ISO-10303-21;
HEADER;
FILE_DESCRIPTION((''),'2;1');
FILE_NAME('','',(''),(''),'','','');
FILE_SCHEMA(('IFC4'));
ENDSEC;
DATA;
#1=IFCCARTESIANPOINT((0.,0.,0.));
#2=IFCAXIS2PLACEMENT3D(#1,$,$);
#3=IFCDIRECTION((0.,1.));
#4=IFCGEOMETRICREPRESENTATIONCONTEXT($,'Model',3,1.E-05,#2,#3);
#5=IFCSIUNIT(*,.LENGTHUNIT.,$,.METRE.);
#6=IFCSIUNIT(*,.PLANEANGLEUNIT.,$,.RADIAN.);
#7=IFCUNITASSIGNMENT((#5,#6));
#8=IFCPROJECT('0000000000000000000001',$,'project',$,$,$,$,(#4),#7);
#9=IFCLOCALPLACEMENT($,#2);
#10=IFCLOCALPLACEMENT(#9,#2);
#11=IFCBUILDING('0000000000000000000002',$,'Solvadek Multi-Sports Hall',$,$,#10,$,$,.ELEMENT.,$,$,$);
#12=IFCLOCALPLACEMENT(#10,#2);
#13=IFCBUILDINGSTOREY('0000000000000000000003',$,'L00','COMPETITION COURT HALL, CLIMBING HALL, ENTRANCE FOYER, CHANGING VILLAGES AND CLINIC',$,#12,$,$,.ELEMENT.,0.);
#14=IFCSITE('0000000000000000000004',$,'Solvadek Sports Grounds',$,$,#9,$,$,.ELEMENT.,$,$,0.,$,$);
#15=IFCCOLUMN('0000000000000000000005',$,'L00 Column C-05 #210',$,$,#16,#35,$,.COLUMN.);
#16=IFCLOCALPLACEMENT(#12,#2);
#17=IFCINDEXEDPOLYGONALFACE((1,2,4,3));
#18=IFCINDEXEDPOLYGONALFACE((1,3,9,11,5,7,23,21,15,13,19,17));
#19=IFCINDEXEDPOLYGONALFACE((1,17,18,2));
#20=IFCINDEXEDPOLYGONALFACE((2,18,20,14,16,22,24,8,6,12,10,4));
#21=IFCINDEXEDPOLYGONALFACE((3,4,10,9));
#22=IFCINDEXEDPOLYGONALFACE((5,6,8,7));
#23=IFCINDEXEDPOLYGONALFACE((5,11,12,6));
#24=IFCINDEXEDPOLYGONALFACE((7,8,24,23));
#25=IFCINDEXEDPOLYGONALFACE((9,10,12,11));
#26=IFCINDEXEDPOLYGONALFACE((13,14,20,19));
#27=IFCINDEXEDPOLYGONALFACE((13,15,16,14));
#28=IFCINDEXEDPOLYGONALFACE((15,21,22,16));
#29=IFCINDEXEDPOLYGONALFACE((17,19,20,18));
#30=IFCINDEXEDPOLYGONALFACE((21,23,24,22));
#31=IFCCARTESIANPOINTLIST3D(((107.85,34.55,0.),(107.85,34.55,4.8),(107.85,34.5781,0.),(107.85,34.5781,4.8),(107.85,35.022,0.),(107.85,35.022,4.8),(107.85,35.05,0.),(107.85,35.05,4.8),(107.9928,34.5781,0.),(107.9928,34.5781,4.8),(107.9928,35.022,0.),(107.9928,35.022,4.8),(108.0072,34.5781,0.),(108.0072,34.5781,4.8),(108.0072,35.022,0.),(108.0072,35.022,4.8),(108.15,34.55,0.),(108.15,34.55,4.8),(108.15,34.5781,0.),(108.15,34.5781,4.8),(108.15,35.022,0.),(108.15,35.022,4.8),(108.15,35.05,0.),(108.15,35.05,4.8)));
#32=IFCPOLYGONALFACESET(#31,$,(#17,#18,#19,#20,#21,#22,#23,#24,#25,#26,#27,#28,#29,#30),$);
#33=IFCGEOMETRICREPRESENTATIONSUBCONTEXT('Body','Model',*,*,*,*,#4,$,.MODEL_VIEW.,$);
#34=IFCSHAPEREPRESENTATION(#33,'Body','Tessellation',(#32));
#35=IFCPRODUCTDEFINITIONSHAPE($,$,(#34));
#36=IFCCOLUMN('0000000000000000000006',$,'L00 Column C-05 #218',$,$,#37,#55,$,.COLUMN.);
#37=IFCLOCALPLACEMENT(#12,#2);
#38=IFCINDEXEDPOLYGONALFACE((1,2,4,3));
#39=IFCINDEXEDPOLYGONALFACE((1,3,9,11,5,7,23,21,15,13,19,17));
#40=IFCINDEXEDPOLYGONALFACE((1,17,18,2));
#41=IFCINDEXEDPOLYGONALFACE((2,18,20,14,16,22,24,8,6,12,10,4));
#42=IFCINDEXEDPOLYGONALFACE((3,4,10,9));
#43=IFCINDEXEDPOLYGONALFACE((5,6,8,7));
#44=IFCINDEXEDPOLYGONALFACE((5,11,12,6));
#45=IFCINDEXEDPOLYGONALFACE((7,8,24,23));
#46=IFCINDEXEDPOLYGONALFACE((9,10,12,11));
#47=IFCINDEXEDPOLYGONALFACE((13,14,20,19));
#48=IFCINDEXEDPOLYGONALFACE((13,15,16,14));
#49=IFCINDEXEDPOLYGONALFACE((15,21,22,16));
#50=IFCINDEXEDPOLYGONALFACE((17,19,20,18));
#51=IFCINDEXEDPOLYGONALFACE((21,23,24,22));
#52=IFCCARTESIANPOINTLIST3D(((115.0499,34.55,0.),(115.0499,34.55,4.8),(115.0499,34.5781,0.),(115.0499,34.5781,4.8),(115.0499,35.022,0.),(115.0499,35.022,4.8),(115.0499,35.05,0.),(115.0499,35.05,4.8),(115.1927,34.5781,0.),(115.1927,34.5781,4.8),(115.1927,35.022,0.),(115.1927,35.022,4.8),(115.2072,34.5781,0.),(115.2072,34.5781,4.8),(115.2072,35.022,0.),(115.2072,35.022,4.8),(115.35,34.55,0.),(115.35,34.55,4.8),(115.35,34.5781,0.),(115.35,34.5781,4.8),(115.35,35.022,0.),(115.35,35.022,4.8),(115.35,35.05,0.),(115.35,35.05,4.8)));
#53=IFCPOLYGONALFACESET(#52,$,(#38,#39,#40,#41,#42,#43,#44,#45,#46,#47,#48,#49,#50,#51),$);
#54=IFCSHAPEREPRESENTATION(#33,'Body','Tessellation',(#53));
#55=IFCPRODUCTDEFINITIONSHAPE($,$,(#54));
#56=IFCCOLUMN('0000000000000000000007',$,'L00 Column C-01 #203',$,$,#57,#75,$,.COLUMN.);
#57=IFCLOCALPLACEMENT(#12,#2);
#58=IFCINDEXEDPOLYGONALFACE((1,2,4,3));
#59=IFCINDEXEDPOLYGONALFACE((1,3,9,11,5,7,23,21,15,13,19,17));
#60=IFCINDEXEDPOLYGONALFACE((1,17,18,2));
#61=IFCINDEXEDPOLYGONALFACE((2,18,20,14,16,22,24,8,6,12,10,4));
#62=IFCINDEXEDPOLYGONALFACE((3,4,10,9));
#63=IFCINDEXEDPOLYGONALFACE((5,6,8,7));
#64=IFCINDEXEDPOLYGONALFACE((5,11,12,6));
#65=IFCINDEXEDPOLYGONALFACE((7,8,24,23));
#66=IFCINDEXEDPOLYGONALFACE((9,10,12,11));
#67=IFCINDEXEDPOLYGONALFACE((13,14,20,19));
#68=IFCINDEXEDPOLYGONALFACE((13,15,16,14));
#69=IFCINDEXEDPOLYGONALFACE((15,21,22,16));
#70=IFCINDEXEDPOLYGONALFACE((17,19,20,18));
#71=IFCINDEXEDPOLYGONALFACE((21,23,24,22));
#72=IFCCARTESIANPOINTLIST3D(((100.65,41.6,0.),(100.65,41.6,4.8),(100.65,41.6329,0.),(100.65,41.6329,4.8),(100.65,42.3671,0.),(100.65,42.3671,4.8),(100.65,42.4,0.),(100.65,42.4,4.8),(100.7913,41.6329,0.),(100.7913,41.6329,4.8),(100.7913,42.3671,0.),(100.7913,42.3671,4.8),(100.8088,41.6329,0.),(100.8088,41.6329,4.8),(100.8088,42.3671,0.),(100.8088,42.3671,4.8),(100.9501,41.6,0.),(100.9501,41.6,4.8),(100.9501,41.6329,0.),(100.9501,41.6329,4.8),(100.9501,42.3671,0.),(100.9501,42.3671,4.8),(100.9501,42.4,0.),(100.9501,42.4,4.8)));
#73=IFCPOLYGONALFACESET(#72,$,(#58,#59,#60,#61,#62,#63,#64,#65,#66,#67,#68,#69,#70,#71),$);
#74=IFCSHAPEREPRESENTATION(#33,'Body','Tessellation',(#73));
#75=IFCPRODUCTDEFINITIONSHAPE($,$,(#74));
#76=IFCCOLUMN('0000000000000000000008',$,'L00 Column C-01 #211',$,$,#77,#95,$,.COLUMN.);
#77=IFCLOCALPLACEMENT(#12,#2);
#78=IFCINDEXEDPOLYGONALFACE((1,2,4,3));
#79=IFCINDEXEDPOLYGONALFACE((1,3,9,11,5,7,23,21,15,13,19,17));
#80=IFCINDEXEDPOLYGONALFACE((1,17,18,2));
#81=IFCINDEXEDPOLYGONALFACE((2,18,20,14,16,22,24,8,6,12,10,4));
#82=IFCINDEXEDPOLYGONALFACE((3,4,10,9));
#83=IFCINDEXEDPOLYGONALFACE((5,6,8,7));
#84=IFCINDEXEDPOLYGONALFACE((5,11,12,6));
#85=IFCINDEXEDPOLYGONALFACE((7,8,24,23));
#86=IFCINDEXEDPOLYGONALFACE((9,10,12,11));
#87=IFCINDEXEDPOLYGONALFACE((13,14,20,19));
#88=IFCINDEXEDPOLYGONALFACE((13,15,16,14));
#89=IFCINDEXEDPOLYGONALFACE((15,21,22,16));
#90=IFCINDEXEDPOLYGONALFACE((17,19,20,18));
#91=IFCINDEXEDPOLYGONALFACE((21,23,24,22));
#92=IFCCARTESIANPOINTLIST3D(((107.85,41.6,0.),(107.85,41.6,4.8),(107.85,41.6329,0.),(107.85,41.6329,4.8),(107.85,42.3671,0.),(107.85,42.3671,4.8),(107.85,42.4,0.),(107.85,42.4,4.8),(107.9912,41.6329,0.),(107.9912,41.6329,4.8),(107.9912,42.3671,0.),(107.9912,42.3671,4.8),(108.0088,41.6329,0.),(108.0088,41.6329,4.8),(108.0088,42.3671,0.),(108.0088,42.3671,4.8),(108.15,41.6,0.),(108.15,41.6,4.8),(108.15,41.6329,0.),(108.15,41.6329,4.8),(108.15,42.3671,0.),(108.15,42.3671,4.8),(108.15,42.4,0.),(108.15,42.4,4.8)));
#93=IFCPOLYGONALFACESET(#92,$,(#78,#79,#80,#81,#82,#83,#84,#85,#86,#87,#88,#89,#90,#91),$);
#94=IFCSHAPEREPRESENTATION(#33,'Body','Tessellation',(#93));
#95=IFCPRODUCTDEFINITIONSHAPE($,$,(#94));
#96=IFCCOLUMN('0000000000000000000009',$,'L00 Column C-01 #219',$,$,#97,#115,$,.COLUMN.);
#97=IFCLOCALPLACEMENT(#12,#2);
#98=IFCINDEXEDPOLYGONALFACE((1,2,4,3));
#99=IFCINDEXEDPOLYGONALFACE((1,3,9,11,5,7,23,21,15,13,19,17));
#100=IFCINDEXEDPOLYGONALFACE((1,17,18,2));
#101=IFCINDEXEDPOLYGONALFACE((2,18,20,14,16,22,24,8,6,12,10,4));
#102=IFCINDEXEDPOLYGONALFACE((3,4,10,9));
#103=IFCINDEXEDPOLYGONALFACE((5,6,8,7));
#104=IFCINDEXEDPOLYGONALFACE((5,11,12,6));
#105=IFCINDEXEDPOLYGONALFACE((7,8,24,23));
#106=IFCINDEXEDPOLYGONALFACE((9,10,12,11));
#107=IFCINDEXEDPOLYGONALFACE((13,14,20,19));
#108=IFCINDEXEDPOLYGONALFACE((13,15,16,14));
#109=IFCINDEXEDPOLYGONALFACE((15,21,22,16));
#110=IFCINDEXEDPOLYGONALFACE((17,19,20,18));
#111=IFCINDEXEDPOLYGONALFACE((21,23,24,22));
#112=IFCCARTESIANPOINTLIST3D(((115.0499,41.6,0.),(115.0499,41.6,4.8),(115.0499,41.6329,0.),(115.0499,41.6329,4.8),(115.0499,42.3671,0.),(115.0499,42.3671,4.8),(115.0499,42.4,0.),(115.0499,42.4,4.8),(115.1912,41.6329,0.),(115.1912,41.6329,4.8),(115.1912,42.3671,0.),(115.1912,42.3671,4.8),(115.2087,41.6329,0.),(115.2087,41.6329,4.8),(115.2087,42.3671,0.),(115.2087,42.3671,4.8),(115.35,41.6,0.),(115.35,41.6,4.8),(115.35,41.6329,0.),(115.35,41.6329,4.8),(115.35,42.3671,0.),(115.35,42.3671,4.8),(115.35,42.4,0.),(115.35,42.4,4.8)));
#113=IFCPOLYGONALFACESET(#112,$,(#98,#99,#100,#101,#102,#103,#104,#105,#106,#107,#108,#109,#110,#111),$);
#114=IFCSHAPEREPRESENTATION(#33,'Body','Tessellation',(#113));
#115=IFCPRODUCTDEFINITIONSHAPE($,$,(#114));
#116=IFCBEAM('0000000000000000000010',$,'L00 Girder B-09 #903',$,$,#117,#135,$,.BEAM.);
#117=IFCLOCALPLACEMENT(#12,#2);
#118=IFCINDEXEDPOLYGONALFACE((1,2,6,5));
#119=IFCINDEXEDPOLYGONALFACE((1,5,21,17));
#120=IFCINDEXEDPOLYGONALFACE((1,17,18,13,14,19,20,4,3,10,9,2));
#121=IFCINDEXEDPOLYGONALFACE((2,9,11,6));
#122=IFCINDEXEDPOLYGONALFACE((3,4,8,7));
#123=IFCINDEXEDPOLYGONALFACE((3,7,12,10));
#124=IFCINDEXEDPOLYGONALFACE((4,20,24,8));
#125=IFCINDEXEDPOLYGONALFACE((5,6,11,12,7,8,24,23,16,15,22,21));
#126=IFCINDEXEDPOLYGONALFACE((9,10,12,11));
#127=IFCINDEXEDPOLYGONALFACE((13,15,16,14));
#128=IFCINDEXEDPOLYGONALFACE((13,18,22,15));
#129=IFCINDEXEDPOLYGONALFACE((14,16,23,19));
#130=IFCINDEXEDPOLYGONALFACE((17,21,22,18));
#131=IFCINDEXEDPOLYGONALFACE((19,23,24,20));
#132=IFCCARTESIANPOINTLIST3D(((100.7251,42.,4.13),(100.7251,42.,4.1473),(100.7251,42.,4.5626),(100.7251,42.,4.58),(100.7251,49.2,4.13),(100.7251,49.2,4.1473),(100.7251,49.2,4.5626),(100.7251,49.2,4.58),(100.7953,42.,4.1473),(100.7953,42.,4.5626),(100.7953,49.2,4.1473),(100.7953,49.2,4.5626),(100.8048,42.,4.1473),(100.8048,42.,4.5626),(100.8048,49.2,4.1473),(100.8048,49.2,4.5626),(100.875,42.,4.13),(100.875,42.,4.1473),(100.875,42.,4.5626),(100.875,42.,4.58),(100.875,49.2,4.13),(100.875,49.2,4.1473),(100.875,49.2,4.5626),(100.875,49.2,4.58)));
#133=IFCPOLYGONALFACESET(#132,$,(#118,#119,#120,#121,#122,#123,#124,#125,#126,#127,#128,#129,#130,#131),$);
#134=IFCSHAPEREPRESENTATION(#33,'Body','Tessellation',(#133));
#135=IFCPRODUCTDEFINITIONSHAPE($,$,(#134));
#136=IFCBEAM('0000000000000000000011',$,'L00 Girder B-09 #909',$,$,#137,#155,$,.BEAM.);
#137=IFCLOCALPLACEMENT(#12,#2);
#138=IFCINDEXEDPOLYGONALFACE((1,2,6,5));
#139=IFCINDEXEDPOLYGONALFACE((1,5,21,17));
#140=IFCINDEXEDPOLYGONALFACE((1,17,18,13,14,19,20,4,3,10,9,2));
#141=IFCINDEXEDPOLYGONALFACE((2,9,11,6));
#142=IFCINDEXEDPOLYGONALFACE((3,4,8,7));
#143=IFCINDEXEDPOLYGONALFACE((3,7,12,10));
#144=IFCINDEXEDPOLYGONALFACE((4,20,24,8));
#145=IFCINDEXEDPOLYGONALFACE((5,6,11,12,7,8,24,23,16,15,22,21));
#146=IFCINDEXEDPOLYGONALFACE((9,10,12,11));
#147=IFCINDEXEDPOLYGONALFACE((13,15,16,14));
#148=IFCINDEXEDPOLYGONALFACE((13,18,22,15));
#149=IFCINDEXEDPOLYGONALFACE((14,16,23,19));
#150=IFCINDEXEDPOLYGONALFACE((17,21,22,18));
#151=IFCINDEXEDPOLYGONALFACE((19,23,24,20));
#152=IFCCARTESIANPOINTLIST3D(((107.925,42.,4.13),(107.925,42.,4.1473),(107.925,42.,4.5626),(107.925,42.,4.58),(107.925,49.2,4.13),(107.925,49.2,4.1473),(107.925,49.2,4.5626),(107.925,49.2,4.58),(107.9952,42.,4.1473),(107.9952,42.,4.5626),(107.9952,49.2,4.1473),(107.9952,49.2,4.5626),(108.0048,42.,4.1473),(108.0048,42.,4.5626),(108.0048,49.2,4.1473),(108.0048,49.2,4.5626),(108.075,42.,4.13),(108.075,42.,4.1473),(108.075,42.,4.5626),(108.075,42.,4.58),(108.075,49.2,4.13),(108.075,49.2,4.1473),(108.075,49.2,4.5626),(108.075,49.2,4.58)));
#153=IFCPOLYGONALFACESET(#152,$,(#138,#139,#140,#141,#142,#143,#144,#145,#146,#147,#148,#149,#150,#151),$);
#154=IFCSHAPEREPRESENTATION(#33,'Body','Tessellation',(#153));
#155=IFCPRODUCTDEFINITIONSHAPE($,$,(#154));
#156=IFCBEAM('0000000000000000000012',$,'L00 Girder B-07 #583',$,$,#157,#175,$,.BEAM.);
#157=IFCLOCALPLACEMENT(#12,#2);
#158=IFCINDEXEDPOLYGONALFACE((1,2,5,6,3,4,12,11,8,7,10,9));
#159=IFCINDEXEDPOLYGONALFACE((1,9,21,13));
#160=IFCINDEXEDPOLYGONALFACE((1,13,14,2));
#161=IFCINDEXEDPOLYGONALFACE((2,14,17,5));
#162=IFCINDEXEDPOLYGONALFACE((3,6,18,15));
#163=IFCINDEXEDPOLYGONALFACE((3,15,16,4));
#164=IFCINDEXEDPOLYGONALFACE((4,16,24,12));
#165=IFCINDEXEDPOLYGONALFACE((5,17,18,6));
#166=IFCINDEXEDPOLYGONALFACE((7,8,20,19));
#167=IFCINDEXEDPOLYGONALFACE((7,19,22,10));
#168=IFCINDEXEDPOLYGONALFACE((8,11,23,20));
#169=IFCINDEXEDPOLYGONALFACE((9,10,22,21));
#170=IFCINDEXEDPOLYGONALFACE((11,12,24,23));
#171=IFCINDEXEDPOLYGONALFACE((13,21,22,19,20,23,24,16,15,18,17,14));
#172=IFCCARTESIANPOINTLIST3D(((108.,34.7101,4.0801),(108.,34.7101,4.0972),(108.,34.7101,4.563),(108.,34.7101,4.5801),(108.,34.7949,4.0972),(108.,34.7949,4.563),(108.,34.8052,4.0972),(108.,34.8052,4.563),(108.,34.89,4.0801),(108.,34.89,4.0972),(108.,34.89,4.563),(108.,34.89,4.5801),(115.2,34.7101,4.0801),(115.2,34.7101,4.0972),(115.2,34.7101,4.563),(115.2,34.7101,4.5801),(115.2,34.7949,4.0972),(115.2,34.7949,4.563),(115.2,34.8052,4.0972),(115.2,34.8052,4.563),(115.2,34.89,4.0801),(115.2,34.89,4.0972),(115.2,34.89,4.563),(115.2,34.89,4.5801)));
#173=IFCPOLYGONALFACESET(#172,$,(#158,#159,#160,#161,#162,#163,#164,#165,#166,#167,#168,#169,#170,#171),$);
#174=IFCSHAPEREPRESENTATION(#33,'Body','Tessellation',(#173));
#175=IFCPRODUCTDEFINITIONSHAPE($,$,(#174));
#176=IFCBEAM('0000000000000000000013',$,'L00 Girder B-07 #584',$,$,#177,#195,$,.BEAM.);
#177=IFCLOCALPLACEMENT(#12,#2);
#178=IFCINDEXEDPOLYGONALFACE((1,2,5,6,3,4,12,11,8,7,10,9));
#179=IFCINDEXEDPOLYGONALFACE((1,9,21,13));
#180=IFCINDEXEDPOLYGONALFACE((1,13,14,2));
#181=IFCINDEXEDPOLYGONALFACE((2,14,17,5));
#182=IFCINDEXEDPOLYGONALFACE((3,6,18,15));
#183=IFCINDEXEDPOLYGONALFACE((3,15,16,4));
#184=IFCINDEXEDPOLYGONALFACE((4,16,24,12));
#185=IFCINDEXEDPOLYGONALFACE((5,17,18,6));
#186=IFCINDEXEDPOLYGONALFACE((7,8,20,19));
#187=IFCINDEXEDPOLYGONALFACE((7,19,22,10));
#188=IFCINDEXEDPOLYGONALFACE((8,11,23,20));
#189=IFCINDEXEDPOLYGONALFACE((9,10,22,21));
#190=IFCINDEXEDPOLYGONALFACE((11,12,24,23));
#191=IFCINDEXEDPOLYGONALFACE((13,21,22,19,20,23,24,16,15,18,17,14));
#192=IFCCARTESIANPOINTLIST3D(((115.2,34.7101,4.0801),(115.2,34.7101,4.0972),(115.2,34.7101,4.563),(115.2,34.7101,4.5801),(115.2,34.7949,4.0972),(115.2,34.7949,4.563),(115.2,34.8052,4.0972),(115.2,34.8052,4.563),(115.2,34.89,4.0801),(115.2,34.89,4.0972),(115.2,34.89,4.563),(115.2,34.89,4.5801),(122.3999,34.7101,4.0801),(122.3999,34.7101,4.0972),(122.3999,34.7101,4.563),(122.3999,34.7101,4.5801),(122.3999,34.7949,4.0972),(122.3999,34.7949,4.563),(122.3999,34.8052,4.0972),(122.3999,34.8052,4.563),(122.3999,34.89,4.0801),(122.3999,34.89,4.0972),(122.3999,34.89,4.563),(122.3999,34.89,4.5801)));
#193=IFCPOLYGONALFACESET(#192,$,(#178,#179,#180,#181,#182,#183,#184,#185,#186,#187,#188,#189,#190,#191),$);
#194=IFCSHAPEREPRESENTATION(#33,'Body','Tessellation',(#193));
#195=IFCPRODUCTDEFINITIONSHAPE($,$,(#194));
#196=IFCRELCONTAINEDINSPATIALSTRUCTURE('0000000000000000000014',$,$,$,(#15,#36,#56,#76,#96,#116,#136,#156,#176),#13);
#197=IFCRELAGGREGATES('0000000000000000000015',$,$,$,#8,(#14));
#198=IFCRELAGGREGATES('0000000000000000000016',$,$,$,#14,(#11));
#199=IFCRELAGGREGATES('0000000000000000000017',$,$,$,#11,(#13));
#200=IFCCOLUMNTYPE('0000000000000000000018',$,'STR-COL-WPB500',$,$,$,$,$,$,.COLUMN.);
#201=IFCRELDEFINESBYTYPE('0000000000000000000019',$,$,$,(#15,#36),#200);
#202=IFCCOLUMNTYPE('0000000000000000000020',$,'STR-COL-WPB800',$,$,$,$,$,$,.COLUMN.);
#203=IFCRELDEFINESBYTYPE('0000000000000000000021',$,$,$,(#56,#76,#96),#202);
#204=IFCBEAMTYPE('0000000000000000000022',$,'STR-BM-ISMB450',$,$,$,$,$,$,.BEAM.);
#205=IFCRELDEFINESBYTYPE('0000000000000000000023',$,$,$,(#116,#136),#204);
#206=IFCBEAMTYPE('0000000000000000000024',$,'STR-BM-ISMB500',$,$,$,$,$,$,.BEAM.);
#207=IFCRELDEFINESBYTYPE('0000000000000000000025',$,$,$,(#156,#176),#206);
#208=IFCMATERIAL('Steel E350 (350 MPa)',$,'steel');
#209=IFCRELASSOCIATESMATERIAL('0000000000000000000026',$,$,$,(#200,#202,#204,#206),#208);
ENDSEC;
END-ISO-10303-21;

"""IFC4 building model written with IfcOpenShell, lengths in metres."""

from ifc_helpers import new_model, si_unit, direction, frame, origin, origin_2d, place, context, subcontext, project, spatial, i_section, extrude, material, material_profile, profile_set, type_object, element, save


model = new_model("IFC4")

# Units and contexts
model_context = context("Model", 3, precision=1e-05, world=origin(), true_north=direction((0.0, 1.0)))
body_context = subcontext(model_context, "Body", "Model", "MODEL_VIEW")
ifc_project = project(units=[si_unit("LENGTHUNIT", "METRE"), si_unit("PLANEANGLEUNIT", "RADIAN")], contexts=[model_context])

# Site, building, storey
site_placement = place(None, origin())
site = spatial("IfcSite", under=ifc_project, at=site_placement, Name="Solvadek Sports Grounds", CompositionType="ELEMENT", RefElevation=0.0)
building_placement = place(site_placement, origin())
building = spatial("IfcBuilding", under=site, at=building_placement, Name="Solvadek Multi-Sports Hall", CompositionType="ELEMENT")
storey_placement = place(building_placement, origin())
storey = spatial("IfcBuildingStorey", under=building, at=storey_placement, Name="L00", Description="COMPETITION COURT HALL, CLIMBING HALL, ENTRANCE FOYER, CHANGING VILLAGES AND CLINIC", CompositionType="ELEMENT", Elevation=0.0)

# Columns
ifc_material_1 = material(Name="Steel E350 (350 MPa)", Category="steel")
ifc_material_profile_1 = material_profile(ifc_material_1, i_section(OverallWidth=0.3, OverallDepth=0.5, WebThickness=0.0144, FlangeThickness=0.0281, at=origin_2d()), Name="WPB 500")
ifc_profile_set_1 = profile_set([ifc_material_profile_1], Name="Steel E350 (350 MPa)")
column_type_1 = type_object("IfcColumnType", Name="STR-COL-WPB500", PredefinedType="COLUMN", material=ifc_profile_set_1)
for number, where, z_axis, x_axis, name in (
    (1, (108.0, 34.8, 0.0), (0.0, 0.0, 1.0), (1.0, 0.0, 0.0), "L00 Column C-05 #210"),
    (2, (115.2, 34.8, 0.0), (0.0, 0.0, 1.0), (1.0, 0.0, 0.0), "L00 Column C-05 #218"),
):
    element("IfcColumn", number, at=place(storey_placement, frame(where, z_axis=z_axis, x_axis=x_axis)), inside=storey, type_object=column_type_1, Name=name, PredefinedType="COLUMN", context=body_context, shape_type="SweptSolid", body=[
        extrude(i_section(OverallWidth=0.3, OverallDepth=0.5, WebThickness=0.0144, FlangeThickness=0.0281, at=origin_2d()), origin(), (0.0, 0.0, 1.0), 4.8),
    ])
ifc_material_profile_2 = material_profile(ifc_material_1, i_section(OverallWidth=0.3, OverallDepth=0.8, WebThickness=0.0176, FlangeThickness=0.033, at=origin_2d()), Name="WPB 800")
ifc_profile_set_2 = profile_set([ifc_material_profile_2], Name="Steel E350 (350 MPa)")
column_type_2 = type_object("IfcColumnType", Name="STR-COL-WPB800", PredefinedType="COLUMN", material=ifc_profile_set_2)
for number, where, z_axis, x_axis, name in (
    (3, (100.8, 42.0, 0.0), (0.0, 0.0, 1.0), (1.0, 0.0, 0.0), "L00 Column C-01 #203"),
    (4, (108.0, 42.0, 0.0), (0.0, 0.0, 1.0), (1.0, 0.0, 0.0), "L00 Column C-01 #211"),
    (5, (115.2, 42.0, 0.0), (0.0, 0.0, 1.0), (1.0, 0.0, 0.0), "L00 Column C-01 #219"),
):
    element("IfcColumn", number, at=place(storey_placement, frame(where, z_axis=z_axis, x_axis=x_axis)), inside=storey, type_object=column_type_2, Name=name, PredefinedType="COLUMN", context=body_context, shape_type="SweptSolid", body=[
        extrude(i_section(OverallWidth=0.3, OverallDepth=0.8, WebThickness=0.0176, FlangeThickness=0.033, at=origin_2d()), origin(), (0.0, 0.0, 1.0), 4.8),
    ])

# Beams
ifc_material_profile_3 = material_profile(ifc_material_1, i_section(OverallWidth=0.1499, OverallDepth=0.45, WebThickness=0.0095, FlangeThickness=0.0173, at=origin_2d()), Name="ISMB 450")
ifc_profile_set_3 = profile_set([ifc_material_profile_3], Name="Steel E350 (350 MPa)")
beam_type_1 = type_object("IfcBeamType", Name="STR-BM-ISMB450", PredefinedType="BEAM", material=ifc_profile_set_3)
for number, where, z_axis, x_axis, name in (
    (6, (100.8, 42.0, 4.355), (0.0, 1.0, 0.0), (-1.0, 0.0, 0.0), "L00 Girder B-09 #903"),
    (7, (108.0, 42.0, 4.355), (0.0, 1.0, 0.0), (-1.0, 0.0, 0.0), "L00 Girder B-09 #909"),
):
    element("IfcBeam", number, at=place(storey_placement, frame(where, z_axis=z_axis, x_axis=x_axis)), inside=storey, type_object=beam_type_1, Name=name, PredefinedType="BEAM", context=body_context, shape_type="SweptSolid", body=[
        extrude(i_section(OverallWidth=0.1499, OverallDepth=0.45, WebThickness=0.0095, FlangeThickness=0.0173, at=origin_2d()), origin(), (0.0, 0.0, 1.0), 7.2),
    ])
ifc_material_profile_4 = material_profile(ifc_material_1, i_section(OverallWidth=0.1799, OverallDepth=0.5, WebThickness=0.0103, FlangeThickness=0.0171, at=origin_2d()), Name="ISMB 500")
ifc_profile_set_4 = profile_set([ifc_material_profile_4], Name="Steel E350 (350 MPa)")
beam_type_2 = type_object("IfcBeamType", Name="STR-BM-ISMB500", PredefinedType="BEAM", material=ifc_profile_set_4)
for number, where, z_axis, x_axis, name in (
    (8, (108.0, 34.8, 4.3301), (1.0, 0.0, 0.0), (0.0, 1.0, 0.0), "L00 Girder B-07 #583"),
    (9, (115.2, 34.8, 4.3301), (1.0, 0.0, 0.0), (0.0, 1.0, 0.0), "L00 Girder B-07 #584"),
):
    element("IfcBeam", number, at=place(storey_placement, frame(where, z_axis=z_axis, x_axis=x_axis)), inside=storey, type_object=beam_type_2, Name=name, PredefinedType="BEAM", context=body_context, shape_type="SweptSolid", body=[
        extrude(i_section(OverallWidth=0.1799, OverallDepth=0.5, WebThickness=0.0103, FlangeThickness=0.0171, at=origin_2d()), origin(), (0.0, 0.0, 1.0), 7.2),
    ])

save(model, "model.ifc")
